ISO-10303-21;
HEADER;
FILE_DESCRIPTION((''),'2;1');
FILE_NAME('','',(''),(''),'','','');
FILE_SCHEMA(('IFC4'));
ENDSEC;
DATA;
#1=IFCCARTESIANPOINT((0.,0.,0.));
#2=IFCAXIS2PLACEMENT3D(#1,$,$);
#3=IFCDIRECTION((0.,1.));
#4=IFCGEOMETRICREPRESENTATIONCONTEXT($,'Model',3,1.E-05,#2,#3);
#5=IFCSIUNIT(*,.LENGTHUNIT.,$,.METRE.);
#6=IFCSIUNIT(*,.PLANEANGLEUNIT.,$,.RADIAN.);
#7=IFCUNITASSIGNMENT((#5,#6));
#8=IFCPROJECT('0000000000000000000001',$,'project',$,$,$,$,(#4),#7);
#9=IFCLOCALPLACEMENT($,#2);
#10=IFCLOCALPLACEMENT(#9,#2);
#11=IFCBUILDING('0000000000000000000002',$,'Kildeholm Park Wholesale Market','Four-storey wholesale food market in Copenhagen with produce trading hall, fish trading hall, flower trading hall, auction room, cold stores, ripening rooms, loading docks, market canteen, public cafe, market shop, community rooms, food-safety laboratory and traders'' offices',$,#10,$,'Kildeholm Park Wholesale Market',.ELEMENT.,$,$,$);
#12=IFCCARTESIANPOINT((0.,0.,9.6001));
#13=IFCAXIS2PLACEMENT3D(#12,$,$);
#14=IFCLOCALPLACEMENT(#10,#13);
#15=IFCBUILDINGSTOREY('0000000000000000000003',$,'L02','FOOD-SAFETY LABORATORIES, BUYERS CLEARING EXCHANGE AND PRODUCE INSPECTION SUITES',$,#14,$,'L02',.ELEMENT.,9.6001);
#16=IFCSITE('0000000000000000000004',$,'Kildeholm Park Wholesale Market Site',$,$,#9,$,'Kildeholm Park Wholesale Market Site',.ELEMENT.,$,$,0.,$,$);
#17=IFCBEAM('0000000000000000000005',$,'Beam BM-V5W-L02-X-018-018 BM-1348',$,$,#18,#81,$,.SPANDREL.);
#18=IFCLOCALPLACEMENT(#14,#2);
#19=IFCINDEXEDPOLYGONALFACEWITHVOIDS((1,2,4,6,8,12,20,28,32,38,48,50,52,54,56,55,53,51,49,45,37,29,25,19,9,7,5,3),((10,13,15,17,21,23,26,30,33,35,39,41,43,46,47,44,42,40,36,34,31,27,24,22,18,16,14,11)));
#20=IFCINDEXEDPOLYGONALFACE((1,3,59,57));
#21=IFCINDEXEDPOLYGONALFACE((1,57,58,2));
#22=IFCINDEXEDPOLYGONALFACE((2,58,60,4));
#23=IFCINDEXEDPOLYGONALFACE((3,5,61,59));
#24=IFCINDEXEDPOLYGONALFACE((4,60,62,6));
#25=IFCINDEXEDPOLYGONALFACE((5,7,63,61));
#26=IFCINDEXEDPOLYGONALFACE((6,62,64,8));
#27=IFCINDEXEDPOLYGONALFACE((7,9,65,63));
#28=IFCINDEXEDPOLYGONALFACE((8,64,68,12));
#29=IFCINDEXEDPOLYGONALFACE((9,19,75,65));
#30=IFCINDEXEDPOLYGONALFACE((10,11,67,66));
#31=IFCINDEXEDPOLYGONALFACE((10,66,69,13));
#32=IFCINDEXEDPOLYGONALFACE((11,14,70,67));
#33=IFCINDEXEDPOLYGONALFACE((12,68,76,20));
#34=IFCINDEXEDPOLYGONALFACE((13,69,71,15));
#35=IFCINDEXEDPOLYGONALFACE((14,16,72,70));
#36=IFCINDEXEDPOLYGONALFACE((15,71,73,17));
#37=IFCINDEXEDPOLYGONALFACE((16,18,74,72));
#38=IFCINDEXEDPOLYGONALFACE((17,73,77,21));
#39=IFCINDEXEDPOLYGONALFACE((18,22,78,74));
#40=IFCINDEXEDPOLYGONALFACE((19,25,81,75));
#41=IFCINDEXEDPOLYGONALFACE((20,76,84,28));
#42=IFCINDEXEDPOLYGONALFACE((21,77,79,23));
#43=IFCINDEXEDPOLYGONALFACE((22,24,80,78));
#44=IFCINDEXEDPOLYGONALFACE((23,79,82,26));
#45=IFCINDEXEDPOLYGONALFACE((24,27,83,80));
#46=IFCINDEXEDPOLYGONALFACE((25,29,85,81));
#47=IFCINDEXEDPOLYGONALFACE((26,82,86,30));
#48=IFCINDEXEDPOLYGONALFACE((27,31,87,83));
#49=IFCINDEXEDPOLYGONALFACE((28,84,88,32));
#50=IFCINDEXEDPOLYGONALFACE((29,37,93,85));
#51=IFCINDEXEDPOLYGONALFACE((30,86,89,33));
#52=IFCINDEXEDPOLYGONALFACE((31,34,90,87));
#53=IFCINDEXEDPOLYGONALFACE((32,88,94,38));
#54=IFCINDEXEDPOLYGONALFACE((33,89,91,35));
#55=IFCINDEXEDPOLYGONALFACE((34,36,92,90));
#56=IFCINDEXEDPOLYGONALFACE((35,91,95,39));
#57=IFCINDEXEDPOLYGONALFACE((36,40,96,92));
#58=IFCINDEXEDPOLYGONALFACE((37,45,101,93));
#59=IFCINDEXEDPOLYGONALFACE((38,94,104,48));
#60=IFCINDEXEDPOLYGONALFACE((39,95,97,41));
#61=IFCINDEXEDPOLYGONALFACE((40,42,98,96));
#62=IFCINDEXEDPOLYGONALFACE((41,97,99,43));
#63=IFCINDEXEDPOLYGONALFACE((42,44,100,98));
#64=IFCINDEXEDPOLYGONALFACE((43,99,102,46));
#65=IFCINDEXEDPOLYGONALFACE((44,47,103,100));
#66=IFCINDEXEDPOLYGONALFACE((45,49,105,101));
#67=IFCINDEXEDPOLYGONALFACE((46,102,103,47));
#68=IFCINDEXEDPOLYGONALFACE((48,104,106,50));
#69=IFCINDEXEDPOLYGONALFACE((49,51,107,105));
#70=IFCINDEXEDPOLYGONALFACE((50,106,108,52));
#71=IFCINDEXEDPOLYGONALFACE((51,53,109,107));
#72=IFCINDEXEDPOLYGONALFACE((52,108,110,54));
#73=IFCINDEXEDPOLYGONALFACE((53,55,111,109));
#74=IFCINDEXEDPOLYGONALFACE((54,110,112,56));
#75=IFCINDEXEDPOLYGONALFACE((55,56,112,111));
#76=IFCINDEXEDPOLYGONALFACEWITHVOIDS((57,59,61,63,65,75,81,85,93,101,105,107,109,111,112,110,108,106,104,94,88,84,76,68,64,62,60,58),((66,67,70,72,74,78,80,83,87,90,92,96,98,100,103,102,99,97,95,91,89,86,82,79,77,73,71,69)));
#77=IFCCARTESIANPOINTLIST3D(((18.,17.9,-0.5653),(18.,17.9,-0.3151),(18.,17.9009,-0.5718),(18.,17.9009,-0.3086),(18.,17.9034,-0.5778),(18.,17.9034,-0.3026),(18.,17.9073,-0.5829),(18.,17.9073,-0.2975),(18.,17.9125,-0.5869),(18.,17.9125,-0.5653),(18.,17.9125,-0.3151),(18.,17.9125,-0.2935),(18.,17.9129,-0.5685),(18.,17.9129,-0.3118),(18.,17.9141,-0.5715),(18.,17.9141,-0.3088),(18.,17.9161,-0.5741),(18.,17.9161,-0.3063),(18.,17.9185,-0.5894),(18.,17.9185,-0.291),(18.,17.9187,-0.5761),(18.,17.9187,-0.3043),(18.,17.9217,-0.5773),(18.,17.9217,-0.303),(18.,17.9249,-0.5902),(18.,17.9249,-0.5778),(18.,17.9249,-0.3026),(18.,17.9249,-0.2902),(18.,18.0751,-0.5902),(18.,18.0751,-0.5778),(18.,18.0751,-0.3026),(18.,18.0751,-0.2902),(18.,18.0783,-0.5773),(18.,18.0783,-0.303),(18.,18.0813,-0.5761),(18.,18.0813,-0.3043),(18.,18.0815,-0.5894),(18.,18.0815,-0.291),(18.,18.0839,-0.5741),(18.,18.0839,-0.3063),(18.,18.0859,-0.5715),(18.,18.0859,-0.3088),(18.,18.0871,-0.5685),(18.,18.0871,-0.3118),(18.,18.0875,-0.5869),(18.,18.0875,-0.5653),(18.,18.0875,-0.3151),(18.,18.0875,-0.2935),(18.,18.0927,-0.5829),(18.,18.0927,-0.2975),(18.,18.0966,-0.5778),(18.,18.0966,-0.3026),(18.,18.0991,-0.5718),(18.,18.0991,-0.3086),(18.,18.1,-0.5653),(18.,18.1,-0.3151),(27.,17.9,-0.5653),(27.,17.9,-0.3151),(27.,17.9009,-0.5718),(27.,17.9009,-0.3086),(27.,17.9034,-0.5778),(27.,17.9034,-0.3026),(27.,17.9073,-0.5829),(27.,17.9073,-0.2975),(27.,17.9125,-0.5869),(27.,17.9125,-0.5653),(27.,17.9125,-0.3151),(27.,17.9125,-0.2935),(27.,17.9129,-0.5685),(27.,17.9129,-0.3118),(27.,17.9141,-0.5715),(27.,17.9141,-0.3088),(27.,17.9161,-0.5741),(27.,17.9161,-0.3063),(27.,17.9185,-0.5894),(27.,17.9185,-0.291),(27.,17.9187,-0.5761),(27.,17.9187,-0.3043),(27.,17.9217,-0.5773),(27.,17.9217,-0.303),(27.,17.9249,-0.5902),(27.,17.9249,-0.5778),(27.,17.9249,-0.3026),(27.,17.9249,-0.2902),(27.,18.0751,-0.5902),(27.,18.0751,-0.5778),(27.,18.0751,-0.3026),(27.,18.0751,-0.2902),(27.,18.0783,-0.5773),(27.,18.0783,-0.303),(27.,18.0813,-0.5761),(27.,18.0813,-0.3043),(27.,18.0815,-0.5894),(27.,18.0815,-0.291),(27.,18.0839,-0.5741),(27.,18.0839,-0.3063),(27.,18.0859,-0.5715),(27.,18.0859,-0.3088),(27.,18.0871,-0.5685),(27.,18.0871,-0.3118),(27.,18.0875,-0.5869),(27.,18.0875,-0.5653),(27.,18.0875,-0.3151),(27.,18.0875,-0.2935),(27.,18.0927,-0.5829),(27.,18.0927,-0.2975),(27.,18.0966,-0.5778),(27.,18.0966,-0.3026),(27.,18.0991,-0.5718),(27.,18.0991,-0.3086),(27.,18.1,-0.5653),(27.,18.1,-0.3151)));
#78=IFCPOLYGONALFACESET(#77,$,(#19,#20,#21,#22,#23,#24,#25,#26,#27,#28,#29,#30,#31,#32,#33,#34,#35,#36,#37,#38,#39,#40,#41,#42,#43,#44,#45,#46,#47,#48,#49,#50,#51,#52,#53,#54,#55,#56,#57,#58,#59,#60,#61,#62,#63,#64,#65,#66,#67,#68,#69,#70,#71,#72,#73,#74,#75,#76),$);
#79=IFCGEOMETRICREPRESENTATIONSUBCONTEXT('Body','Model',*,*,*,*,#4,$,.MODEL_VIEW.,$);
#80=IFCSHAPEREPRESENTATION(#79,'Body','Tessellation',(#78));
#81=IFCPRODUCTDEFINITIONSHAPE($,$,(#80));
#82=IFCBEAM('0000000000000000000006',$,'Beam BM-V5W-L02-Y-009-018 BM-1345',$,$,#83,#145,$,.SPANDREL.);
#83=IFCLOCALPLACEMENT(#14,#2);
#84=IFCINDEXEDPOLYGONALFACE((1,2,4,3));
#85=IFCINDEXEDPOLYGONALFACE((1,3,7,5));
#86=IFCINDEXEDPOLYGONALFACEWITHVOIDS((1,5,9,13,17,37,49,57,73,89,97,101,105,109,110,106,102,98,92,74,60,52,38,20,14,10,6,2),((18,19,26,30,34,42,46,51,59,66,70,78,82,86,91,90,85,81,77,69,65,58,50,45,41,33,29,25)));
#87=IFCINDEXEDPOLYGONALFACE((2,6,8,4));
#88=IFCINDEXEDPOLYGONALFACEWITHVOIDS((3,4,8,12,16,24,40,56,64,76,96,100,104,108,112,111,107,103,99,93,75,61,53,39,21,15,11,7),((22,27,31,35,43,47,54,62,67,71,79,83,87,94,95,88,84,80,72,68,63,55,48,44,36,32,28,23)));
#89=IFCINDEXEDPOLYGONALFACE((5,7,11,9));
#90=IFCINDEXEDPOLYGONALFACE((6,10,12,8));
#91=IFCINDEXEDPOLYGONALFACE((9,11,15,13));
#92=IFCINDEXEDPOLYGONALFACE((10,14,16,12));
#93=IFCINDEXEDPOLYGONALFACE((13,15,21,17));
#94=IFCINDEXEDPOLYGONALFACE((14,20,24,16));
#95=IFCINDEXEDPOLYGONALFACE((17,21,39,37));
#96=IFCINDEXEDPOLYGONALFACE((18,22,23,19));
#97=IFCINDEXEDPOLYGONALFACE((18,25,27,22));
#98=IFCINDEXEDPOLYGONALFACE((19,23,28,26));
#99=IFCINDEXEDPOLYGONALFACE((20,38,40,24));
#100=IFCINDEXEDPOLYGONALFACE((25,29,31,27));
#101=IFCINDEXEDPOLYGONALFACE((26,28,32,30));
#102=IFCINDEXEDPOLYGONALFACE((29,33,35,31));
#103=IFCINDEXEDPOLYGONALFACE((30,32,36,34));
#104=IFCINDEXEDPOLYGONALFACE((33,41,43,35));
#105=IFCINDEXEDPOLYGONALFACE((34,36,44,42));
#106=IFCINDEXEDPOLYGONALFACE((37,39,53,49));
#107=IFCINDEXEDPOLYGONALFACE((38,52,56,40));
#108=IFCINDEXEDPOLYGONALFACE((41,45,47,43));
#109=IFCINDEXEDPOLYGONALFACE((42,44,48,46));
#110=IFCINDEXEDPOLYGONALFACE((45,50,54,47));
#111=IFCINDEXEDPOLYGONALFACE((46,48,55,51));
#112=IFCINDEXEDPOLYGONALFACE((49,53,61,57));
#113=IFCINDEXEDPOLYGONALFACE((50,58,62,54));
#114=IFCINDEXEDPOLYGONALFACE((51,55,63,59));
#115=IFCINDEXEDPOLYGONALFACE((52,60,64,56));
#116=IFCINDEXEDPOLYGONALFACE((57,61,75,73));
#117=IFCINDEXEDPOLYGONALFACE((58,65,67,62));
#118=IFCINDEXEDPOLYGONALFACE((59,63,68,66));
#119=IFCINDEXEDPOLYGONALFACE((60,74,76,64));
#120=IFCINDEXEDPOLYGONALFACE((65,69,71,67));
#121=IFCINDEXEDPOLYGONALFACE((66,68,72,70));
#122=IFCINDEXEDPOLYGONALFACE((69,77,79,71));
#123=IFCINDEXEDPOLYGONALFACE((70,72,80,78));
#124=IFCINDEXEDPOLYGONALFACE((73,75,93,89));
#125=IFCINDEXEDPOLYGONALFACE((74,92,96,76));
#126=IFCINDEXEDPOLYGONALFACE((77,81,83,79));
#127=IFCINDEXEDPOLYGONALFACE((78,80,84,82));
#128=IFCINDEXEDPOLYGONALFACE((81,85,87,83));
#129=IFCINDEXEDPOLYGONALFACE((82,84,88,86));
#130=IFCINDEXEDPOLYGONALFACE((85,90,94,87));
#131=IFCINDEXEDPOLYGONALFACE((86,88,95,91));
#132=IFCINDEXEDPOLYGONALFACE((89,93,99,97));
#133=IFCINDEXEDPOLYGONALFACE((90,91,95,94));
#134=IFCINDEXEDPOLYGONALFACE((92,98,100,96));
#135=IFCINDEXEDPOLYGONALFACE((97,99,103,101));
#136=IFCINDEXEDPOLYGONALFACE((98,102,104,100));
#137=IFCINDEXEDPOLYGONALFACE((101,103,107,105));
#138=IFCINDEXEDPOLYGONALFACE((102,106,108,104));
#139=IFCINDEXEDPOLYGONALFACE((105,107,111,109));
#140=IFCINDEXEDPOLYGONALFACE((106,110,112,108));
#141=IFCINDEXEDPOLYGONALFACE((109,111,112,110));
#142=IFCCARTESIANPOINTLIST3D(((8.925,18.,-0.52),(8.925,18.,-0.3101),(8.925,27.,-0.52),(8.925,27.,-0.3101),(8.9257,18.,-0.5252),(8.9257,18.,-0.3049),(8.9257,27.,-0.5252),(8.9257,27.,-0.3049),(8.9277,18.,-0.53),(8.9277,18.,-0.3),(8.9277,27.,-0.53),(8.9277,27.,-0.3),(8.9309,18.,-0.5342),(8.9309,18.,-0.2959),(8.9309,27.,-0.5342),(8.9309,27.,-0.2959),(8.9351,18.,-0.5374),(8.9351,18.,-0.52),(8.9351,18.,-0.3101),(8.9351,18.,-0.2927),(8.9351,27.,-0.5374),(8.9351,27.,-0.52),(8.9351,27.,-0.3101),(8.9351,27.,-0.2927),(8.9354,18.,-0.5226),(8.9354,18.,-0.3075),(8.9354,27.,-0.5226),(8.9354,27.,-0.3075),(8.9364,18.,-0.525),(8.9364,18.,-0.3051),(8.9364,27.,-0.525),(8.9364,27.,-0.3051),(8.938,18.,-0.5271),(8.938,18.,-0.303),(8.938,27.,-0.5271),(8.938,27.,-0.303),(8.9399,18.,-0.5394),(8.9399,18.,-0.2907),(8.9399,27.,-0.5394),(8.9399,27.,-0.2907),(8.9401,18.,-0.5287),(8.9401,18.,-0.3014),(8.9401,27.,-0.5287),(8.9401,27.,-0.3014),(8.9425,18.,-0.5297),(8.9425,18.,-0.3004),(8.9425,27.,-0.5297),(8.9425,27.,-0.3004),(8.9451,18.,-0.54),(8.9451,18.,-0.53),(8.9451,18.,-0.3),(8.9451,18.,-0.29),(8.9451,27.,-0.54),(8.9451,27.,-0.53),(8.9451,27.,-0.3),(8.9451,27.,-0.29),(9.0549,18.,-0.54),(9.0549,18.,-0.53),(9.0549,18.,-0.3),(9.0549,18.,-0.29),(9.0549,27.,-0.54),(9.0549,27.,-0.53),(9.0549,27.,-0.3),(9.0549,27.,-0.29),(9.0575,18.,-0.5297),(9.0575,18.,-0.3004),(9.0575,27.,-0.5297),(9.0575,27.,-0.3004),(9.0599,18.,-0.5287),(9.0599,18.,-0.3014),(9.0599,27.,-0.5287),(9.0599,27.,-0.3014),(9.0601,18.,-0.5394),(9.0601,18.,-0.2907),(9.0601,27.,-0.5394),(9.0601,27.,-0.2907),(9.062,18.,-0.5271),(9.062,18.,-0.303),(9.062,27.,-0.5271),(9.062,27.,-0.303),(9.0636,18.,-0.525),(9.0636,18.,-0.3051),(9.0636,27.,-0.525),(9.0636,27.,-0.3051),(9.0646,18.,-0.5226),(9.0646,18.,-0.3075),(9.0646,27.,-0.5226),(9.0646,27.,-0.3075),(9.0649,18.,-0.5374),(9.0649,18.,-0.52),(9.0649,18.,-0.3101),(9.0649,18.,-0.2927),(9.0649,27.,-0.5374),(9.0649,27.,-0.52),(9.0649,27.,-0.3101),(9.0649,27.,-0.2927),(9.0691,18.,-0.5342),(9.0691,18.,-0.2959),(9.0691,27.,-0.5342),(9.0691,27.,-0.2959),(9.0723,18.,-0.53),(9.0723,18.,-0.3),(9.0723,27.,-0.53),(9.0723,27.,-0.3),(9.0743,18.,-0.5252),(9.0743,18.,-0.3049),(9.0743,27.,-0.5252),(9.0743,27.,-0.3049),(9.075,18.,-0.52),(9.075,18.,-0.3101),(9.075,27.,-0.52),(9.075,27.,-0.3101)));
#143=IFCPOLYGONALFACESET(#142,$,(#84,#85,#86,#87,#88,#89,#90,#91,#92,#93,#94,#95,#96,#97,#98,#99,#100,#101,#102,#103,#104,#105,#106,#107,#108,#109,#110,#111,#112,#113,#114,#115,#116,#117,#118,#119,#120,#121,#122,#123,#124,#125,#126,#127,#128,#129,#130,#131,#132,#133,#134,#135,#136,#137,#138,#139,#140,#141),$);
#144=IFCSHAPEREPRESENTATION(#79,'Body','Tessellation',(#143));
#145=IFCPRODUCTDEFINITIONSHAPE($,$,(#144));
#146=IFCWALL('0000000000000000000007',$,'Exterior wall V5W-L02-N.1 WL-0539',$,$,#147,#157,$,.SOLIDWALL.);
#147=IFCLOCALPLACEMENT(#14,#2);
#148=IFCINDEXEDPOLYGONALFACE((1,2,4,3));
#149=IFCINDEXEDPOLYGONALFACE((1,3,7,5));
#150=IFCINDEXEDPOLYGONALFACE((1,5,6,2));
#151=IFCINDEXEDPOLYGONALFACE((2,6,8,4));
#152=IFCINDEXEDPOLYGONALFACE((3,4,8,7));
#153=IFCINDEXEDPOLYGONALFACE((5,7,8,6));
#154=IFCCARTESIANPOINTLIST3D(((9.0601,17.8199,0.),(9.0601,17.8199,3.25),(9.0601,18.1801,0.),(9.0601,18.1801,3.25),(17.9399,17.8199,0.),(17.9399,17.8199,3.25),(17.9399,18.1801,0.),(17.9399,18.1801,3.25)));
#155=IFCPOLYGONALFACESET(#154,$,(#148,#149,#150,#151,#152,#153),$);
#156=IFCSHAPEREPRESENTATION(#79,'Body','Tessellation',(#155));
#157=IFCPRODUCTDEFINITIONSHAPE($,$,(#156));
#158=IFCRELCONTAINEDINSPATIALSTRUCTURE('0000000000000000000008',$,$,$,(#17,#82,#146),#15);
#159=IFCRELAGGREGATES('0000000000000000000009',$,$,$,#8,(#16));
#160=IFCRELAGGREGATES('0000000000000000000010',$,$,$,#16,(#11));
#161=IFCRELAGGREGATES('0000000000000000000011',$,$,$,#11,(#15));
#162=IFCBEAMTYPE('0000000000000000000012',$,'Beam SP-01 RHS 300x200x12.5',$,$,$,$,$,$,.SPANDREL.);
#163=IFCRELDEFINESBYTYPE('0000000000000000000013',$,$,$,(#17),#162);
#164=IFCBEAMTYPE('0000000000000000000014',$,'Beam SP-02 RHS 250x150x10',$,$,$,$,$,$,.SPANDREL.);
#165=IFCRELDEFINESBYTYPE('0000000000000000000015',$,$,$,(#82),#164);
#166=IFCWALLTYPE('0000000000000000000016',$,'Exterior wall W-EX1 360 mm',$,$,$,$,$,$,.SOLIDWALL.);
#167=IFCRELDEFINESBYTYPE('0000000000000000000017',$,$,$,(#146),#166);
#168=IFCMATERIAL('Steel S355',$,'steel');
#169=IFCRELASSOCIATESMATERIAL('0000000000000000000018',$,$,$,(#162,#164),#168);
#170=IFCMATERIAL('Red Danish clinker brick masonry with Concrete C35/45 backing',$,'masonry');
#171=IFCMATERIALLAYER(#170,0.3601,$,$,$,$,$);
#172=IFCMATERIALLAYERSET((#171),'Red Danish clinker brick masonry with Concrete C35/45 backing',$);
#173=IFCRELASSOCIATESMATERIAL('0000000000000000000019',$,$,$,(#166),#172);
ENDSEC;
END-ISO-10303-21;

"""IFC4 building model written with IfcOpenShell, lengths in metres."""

from ifc_helpers import new_model, si_unit, direction, frame, frame_2d, origin, origin_2d, place, context, subcontext, project, spatial, rectangle, hollow_rectangle, extrude, material, layer, layer_set, material_profile, profile_set, type_object, element, save


model = new_model("IFC4")

# Units and contexts
model_context = context("Model", 3, precision=1e-05, world=origin(), true_north=direction((0.0, 1.0)))
body_context = subcontext(model_context, "Body", "Model", "MODEL_VIEW")
ifc_project = project(units=[si_unit("LENGTHUNIT", "METRE"), si_unit("PLANEANGLEUNIT", "RADIAN")], contexts=[model_context])

# Site, building, storey
site_placement = place(None, origin())
site = spatial("IfcSite", under=ifc_project, at=site_placement, Name="Kildeholm Park Wholesale Market Site", LongName="Kildeholm Park Wholesale Market Site", CompositionType="ELEMENT", RefElevation=0.0)
building_placement = place(site_placement, origin())
building = spatial("IfcBuilding", under=site, at=building_placement, Name="Kildeholm Park Wholesale Market", Description="Four-storey wholesale food market in Copenhagen with produce trading hall, fish trading hall, flower trading hall, auction room, cold stores, ripening rooms, loading docks, market canteen, public cafe, market shop, community rooms, food-safety laboratory and traders' offices", LongName="Kildeholm Park Wholesale Market", CompositionType="ELEMENT")
storey_placement = place(building_placement, frame((0.0, 0.0, 9.6001)))
storey = spatial("IfcBuildingStorey", under=building, at=storey_placement, Name="L02", Description="FOOD-SAFETY LABORATORIES, BUYERS CLEARING EXCHANGE AND PRODUCE INSPECTION SUITES", LongName="L02", CompositionType="ELEMENT", Elevation=9.6001)

# Shared definitions
ifc_material_1 = material(Name="Steel S355", Category="steel")

# Beams
ifc_material_profile_1 = material_profile(ifc_material_1, hollow_rectangle(XDim=0.2, YDim=0.3, WallThickness=0.0125, InnerFilletRadius=0.0125, OuterFilletRadius=0.0249, at=origin_2d()), Name="RHS 300x200x12.5")
ifc_profile_set_1 = profile_set([ifc_material_profile_1], Name="Steel S355")
beam_type_1 = type_object("IfcBeamType", Name="Beam SP-01 RHS 300x200x12.5", PredefinedType="SPANDREL", material=ifc_profile_set_1)
for number, where, z_axis, x_axis, name in (
    (1, (18.0, 18.0, -0.4402), (1.0, 0.0, 0.0), (0.0, 1.0, 0.0), "Beam BM-V5W-L02-X-018-018 BM-1348"),
):
    element("IfcBeam", number, at=place(storey_placement, frame(where, z_axis=z_axis, x_axis=x_axis)), inside=storey, type_object=beam_type_1, Name=name, PredefinedType="SPANDREL", context=body_context, shape_type="SweptSolid", body=[
        extrude(hollow_rectangle(XDim=0.2, YDim=0.3, WallThickness=0.0125, InnerFilletRadius=0.0125, OuterFilletRadius=0.0249, at=origin_2d()), origin(), (0.0, 0.0, 1.0), 9.0),
    ])
ifc_material_profile_2 = material_profile(ifc_material_1, hollow_rectangle(XDim=0.1499, YDim=0.25, WallThickness=0.01, InnerFilletRadius=0.01, OuterFilletRadius=0.02, at=origin_2d()), Name="RHS 250x150x10")
ifc_profile_set_2 = profile_set([ifc_material_profile_2], Name="Steel S355")
beam_type_2 = type_object("IfcBeamType", Name="Beam SP-02 RHS 250x150x10", PredefinedType="SPANDREL", material=ifc_profile_set_2)
beam_1_placement = place(storey_placement, frame((9.0, 18.0, -0.415), z_axis=(0.0, 1.0, 0.0), x_axis=(-1.0, 0.0, 0.0)))
element("IfcBeam", 2, at=beam_1_placement, inside=storey, type_object=beam_type_2, Name="Beam BM-V5W-L02-Y-009-018 BM-1345", PredefinedType="SPANDREL", context=body_context, shape_type="SweptSolid", body=[
    extrude(hollow_rectangle(XDim=0.1499, YDim=0.25, WallThickness=0.01, InnerFilletRadius=0.01, OuterFilletRadius=0.02, at=origin_2d()), origin(), (0.0, 0.0, 1.0), 9.0),
])

# Wall
ifc_material_2 = material(Name="Red Danish clinker brick masonry with Concrete C35/45 backing", Category="masonry")
ifc_layer_1 = layer(ifc_material_2, 0.3601)
ifc_layer_set_1 = layer_set([ifc_layer_1], Name="Red Danish clinker brick masonry with Concrete C35/45 backing")
wall_type_1 = type_object("IfcWallType", Name="Exterior wall W-EX1 360 mm", PredefinedType="SOLIDWALL", material=ifc_layer_set_1)
wall_1_placement = place(storey_placement, frame((9.0601, 18.0, 0.0), z_axis=(0.0, 0.0, 1.0), x_axis=(1.0, 0.0, 0.0)))
element("IfcWall", 3, at=wall_1_placement, inside=storey, type_object=wall_type_1, Name="Exterior wall V5W-L02-N.1 WL-0539", PredefinedType="SOLIDWALL", context=body_context, shape_type="SweptSolid", body=[
    extrude(rectangle(XDim=8.8799, YDim=0.3601, at=frame_2d((4.4399, 0.0))), origin(), (0.0, 0.0, 1.0), 3.25),
])

save(model, "model.ifc")
